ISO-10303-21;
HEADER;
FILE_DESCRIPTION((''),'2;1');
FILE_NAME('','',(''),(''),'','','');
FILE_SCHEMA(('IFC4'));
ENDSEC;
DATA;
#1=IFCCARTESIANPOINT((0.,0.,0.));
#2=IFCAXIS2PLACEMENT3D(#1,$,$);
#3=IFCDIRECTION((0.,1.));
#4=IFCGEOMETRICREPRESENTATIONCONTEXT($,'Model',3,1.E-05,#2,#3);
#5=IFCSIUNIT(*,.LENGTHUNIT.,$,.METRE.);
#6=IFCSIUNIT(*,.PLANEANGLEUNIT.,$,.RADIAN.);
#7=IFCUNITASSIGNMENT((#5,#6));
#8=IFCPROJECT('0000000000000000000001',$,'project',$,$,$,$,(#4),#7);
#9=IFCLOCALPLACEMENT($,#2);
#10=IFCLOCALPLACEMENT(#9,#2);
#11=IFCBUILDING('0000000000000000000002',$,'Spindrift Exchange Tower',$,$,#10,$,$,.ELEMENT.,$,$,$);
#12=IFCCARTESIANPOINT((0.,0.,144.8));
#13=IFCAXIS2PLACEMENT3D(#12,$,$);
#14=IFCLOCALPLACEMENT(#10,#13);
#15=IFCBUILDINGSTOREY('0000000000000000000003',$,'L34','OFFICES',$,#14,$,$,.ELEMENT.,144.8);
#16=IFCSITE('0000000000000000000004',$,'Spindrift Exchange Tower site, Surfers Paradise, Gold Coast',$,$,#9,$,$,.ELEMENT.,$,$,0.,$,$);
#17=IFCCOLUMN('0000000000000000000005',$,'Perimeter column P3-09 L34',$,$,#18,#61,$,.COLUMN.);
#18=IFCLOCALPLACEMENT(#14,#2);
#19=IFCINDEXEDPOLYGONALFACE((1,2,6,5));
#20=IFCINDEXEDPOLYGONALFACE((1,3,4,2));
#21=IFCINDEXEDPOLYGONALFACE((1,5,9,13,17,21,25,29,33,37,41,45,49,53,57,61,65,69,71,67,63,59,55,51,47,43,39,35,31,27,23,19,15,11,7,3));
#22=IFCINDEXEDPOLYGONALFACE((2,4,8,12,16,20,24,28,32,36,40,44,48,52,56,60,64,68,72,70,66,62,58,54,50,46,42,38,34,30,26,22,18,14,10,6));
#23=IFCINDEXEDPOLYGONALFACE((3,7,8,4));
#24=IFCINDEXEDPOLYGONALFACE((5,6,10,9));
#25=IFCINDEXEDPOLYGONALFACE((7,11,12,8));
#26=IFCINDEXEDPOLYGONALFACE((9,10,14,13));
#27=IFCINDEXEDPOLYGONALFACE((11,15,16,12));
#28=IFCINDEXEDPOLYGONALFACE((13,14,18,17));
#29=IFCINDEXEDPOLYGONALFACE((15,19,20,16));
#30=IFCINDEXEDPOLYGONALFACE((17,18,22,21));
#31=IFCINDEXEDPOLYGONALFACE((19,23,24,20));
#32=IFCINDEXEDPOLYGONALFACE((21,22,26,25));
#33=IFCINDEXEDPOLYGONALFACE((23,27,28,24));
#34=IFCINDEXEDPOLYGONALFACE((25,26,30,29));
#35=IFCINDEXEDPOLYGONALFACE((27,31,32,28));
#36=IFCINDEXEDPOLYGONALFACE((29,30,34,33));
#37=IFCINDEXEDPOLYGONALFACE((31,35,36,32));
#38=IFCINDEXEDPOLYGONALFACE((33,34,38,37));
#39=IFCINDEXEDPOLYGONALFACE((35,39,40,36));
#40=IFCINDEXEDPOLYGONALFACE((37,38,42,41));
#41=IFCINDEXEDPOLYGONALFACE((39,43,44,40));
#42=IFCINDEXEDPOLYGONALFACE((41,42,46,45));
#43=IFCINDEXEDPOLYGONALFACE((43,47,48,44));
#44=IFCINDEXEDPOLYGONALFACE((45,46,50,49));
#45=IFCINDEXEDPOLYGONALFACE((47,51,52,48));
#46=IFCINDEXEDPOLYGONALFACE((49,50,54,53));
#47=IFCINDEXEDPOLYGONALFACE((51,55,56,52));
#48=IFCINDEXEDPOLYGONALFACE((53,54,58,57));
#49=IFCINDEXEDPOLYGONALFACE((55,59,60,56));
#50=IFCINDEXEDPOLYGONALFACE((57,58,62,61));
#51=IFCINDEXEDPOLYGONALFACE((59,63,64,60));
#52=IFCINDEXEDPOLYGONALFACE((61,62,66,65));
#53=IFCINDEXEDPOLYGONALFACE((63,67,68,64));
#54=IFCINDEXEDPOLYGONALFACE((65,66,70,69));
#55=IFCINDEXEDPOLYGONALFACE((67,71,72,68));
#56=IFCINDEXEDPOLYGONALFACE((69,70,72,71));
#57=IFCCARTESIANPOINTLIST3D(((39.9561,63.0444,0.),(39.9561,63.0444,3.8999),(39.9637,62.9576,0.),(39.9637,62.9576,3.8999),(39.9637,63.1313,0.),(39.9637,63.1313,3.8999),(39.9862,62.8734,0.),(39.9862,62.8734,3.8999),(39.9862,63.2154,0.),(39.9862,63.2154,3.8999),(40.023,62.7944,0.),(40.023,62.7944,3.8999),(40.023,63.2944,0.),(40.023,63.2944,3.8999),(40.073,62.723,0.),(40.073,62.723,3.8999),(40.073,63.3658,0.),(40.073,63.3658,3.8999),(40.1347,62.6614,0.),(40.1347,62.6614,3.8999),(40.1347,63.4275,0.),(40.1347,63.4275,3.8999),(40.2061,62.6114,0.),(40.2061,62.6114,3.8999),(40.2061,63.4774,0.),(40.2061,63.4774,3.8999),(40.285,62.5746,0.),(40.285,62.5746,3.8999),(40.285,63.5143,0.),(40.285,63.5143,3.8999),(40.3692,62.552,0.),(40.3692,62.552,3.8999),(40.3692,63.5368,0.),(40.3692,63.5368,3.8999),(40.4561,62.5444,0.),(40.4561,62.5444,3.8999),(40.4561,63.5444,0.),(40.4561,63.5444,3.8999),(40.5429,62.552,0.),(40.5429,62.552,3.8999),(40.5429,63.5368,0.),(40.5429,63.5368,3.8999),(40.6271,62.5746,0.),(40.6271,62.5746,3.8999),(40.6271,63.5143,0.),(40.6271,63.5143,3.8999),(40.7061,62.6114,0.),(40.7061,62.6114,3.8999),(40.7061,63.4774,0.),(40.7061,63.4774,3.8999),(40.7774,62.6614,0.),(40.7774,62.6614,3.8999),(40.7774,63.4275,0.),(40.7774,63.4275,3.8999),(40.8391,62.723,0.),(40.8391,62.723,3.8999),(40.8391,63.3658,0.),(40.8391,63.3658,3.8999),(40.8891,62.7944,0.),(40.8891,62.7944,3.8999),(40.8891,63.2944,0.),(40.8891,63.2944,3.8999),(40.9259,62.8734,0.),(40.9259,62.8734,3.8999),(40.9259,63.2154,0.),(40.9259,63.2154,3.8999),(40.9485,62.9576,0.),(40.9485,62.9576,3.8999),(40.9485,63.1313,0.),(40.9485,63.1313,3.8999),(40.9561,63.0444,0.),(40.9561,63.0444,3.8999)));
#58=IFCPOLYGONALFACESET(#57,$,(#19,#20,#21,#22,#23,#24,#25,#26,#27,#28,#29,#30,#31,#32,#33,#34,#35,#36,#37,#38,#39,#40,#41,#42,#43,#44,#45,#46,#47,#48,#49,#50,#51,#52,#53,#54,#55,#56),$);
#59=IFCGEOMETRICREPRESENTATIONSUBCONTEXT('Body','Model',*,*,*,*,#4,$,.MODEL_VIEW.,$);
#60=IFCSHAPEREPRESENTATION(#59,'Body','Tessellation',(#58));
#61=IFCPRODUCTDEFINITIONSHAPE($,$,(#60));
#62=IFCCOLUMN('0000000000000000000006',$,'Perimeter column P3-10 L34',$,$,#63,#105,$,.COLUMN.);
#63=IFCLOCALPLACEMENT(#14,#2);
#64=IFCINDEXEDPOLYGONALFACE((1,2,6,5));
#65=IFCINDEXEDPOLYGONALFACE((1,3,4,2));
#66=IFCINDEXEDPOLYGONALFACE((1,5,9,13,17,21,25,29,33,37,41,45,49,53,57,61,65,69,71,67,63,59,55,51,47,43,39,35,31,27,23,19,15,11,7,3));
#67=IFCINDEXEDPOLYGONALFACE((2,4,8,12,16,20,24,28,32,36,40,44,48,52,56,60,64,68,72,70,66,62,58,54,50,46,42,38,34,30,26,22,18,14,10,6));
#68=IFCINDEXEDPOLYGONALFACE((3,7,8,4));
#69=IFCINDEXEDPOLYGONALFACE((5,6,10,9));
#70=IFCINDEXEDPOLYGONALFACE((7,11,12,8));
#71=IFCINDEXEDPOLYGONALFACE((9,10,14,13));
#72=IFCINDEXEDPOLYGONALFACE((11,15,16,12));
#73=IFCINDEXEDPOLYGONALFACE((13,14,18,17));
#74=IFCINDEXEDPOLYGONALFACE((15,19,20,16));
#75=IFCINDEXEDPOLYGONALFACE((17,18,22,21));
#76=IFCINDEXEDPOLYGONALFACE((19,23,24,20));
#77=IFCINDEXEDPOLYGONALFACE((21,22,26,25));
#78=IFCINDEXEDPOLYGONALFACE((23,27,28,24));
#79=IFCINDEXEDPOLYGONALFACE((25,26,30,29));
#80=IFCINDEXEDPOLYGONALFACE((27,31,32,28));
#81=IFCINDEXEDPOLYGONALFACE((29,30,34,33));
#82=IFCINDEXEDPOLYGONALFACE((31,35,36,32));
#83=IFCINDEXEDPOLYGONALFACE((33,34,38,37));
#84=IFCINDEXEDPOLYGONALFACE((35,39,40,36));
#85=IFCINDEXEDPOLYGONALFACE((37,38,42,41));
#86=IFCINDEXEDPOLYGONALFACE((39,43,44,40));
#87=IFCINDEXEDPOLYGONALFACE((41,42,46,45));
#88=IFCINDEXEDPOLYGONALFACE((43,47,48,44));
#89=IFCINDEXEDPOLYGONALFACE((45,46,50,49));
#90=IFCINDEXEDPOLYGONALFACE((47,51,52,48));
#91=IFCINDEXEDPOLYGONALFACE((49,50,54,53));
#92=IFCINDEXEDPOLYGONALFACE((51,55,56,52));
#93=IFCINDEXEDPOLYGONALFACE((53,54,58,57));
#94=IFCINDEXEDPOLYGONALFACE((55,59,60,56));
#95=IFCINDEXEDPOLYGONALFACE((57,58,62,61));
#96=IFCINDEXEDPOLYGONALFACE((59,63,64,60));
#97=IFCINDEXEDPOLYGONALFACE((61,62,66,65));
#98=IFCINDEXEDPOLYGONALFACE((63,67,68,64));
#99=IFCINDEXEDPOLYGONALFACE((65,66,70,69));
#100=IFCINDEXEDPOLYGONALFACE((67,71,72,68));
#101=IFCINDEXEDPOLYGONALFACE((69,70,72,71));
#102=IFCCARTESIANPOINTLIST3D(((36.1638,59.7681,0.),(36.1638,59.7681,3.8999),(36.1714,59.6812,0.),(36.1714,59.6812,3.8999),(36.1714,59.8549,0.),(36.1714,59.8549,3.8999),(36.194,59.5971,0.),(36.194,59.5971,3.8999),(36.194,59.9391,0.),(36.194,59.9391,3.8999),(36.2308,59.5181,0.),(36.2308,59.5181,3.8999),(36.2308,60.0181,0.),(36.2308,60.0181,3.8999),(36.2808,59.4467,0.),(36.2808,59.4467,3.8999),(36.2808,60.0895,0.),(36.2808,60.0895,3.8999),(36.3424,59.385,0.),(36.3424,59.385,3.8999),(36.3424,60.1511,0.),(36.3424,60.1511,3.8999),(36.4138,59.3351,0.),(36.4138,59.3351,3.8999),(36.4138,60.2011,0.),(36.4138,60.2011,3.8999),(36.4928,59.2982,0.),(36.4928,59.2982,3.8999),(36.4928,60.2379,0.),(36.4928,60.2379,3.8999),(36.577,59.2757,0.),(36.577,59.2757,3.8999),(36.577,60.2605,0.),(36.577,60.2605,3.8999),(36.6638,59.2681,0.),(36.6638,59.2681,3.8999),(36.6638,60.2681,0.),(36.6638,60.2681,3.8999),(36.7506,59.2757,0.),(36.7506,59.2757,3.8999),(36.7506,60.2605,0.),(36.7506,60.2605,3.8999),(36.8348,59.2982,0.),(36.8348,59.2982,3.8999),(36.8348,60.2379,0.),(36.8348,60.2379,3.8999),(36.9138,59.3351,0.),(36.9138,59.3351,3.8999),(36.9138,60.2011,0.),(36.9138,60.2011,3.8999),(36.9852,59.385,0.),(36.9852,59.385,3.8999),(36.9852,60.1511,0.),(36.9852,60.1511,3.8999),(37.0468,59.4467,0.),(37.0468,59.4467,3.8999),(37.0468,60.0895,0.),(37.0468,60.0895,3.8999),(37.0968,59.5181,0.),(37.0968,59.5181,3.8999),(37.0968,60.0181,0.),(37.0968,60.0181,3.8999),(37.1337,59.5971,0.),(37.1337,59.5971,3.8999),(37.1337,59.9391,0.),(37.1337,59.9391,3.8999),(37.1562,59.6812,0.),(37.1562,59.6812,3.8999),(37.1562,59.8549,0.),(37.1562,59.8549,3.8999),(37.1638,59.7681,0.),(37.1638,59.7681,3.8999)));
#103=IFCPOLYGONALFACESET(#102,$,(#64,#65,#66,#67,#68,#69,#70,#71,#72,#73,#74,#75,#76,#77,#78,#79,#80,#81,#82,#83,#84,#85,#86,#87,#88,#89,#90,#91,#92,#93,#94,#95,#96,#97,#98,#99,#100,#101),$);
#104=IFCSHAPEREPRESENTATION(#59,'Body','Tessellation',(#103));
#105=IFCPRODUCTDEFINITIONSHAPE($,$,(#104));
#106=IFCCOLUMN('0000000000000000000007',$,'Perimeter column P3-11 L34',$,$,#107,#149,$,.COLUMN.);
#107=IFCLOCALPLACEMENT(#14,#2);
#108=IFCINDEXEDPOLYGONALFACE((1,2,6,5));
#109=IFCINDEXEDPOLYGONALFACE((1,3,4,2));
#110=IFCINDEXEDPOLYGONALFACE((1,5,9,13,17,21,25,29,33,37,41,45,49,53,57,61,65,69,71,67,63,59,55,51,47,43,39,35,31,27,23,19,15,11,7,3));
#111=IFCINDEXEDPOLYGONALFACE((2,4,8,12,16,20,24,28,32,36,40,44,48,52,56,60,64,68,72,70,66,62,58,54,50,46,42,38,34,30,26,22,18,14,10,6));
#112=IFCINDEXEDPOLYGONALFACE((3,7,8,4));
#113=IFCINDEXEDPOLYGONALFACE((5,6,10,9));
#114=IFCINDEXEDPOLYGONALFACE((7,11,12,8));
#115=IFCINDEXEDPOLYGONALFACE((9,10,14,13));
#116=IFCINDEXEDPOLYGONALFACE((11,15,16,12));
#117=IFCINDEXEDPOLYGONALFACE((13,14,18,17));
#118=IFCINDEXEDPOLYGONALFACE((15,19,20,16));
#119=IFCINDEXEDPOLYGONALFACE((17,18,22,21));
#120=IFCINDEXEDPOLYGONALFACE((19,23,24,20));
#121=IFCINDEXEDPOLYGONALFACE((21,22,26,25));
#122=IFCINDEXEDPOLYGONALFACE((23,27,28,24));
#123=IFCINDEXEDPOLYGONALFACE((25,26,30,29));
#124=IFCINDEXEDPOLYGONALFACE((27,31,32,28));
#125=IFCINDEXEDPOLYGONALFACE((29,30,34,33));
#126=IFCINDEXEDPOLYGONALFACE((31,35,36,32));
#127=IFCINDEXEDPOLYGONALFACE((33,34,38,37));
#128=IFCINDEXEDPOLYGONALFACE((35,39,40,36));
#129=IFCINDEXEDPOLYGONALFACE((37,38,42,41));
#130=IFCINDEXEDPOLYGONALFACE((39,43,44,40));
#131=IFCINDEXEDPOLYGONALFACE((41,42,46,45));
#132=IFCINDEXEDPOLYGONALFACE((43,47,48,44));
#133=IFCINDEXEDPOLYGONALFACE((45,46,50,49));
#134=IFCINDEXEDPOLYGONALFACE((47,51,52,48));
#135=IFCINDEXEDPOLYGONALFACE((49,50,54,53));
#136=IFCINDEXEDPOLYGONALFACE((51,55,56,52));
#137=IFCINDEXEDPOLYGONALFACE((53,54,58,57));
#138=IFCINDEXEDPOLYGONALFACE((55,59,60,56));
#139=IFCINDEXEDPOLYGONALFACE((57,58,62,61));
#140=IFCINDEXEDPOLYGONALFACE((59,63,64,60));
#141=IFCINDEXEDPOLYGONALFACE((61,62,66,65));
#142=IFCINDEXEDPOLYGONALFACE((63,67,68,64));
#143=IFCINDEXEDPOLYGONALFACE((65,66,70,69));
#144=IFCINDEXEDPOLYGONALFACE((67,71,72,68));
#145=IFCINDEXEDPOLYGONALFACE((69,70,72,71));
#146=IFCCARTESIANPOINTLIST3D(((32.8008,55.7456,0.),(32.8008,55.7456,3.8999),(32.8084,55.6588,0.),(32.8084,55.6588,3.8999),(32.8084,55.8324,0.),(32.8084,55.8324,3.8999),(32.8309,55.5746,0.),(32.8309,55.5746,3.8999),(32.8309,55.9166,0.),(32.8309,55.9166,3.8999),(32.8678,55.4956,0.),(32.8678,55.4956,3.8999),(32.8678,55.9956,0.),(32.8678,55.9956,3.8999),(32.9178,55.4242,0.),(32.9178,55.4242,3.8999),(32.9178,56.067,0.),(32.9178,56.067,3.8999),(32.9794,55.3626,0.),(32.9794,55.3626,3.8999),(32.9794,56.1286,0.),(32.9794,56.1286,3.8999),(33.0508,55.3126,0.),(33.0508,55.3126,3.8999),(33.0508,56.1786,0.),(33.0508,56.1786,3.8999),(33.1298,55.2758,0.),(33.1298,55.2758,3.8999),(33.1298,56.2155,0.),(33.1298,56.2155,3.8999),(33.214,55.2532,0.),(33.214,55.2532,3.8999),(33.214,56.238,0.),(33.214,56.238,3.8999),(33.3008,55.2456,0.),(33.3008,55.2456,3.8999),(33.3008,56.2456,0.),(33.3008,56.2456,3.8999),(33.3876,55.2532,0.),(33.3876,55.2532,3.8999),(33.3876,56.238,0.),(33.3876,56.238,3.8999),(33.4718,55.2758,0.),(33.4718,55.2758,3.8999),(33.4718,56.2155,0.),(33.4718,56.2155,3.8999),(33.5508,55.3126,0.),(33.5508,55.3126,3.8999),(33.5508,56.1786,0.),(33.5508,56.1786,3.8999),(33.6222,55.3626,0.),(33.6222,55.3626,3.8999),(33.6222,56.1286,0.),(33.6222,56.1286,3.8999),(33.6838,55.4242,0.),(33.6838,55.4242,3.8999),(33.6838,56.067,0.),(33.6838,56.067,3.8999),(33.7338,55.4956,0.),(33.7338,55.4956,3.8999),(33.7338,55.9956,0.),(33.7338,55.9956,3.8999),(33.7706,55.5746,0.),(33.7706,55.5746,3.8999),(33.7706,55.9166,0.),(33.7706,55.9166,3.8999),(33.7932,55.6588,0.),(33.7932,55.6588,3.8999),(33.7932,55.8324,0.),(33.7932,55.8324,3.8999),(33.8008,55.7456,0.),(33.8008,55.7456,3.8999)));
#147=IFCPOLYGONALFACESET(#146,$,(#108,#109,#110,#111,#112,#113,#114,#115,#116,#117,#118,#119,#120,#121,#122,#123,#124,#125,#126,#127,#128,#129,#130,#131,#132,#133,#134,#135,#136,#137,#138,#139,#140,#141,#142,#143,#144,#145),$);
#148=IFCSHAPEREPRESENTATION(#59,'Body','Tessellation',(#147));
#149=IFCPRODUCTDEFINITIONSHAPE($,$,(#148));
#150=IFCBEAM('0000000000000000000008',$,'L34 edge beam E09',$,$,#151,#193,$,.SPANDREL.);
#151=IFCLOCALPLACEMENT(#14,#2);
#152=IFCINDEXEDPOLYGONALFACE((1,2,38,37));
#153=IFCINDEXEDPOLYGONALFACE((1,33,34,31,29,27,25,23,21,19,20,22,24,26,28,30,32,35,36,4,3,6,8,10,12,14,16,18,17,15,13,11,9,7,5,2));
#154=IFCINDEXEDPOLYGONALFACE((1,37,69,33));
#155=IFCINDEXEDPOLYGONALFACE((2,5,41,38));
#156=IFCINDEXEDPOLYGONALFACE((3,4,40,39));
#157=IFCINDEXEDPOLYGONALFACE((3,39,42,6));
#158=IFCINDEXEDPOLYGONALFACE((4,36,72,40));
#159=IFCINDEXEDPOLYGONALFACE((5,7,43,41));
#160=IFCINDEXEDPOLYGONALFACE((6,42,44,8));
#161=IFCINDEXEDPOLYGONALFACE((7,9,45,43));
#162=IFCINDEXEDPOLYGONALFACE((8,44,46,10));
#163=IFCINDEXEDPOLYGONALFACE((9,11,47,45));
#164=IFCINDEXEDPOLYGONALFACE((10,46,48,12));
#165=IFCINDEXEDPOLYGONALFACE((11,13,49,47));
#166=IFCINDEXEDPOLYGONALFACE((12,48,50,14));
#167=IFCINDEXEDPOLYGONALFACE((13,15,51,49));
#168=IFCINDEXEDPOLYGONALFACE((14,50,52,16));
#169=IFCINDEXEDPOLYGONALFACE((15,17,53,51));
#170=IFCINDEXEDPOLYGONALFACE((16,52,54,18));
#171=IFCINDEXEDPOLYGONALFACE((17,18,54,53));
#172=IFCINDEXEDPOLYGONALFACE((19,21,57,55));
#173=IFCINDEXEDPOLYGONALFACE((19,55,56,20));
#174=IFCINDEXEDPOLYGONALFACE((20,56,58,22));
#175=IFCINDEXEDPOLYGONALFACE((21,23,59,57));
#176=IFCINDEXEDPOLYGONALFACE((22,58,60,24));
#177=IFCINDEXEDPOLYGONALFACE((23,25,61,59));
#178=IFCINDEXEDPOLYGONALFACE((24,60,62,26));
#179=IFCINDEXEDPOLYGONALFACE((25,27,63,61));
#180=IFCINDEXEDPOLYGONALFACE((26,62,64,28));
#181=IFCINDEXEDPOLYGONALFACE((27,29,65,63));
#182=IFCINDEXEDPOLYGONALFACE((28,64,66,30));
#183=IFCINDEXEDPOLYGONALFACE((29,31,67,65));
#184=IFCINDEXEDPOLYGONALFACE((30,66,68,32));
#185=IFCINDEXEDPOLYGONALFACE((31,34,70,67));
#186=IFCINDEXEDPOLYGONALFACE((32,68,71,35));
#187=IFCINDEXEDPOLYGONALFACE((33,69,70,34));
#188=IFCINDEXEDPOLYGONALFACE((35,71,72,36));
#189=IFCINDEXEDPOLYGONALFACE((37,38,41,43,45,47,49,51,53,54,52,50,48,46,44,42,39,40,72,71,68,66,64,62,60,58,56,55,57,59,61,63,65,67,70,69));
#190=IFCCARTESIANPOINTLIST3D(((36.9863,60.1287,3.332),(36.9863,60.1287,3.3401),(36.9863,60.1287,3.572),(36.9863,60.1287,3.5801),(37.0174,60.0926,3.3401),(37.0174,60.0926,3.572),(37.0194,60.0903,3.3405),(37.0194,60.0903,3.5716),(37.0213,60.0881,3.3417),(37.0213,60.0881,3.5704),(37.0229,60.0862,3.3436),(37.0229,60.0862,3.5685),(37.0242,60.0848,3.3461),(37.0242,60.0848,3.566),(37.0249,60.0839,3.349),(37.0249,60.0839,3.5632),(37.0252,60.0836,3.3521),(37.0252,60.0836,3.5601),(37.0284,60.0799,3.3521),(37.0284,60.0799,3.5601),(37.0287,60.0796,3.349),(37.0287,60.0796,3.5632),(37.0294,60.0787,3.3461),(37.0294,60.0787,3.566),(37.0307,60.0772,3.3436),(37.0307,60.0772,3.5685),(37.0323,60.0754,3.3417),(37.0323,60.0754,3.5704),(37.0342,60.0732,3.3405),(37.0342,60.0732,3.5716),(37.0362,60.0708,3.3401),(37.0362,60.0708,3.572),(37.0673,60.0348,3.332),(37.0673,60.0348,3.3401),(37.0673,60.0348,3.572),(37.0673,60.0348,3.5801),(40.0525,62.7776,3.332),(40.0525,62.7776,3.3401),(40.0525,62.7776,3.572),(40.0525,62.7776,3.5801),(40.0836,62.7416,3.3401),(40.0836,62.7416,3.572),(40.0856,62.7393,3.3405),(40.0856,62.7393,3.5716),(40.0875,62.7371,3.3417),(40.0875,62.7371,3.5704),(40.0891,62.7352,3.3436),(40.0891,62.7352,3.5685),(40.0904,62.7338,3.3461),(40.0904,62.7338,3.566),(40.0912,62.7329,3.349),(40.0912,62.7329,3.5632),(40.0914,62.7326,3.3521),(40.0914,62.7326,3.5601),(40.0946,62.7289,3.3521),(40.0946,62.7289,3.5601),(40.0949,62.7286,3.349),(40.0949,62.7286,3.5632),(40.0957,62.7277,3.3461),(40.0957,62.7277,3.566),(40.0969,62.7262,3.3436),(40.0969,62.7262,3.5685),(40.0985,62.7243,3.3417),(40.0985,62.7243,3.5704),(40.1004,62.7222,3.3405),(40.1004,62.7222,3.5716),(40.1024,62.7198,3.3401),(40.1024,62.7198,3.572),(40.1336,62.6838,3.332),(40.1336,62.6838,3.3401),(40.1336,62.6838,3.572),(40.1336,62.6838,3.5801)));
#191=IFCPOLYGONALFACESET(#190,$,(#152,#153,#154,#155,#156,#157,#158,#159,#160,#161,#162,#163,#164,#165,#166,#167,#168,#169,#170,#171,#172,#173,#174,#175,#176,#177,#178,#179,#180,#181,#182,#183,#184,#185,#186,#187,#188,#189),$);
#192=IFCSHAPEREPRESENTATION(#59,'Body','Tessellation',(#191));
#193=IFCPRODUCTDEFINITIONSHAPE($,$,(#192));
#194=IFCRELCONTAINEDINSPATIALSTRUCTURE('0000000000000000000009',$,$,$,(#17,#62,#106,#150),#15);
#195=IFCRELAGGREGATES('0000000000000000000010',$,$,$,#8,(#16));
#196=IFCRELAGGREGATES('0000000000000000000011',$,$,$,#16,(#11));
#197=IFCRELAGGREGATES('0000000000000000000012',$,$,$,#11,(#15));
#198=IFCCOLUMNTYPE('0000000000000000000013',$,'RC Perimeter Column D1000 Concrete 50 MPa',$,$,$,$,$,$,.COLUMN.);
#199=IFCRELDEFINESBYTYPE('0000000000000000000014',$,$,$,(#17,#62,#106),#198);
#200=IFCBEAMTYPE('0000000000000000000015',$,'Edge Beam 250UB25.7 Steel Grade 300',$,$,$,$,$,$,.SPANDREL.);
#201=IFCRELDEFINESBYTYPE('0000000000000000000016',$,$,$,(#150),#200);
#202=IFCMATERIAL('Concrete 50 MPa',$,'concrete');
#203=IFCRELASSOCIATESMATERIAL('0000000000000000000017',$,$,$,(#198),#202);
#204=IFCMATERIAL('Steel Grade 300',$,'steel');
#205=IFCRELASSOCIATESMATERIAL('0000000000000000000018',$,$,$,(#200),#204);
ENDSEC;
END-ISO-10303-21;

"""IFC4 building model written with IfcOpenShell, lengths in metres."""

from ifc_helpers import new_model, si_unit, direction, frame, origin, origin_2d, place, context, subcontext, project, spatial, circle, i_section, extrude, source, transform, mapped, material, material_profile, profile_set, type_object, element, save


model = new_model("IFC4")

# Units and contexts
model_context = context("Model", 3, precision=1e-05, world=origin(), true_north=direction((0.0, 1.0)))
body_context = subcontext(model_context, "Body", "Model", "MODEL_VIEW")
ifc_project = project(units=[si_unit("LENGTHUNIT", "METRE"), si_unit("PLANEANGLEUNIT", "RADIAN")], contexts=[model_context])

# Site, building, storey
site_placement = place(None, origin())
site = spatial("IfcSite", under=ifc_project, at=site_placement, Name="Spindrift Exchange Tower site, Surfers Paradise, Gold Coast", CompositionType="ELEMENT", RefElevation=0.0)
building_placement = place(site_placement, origin())
building = spatial("IfcBuilding", under=site, at=building_placement, Name="Spindrift Exchange Tower", CompositionType="ELEMENT")
storey_placement = place(building_placement, frame((0.0, 0.0, 144.8)))
storey = spatial("IfcBuildingStorey", under=building, at=storey_placement, Name="L34", Description="OFFICES", CompositionType="ELEMENT", Elevation=144.8)

# Columns
ifc_material_1 = material(Name="Concrete 50 MPa", Category="concrete")
ifc_material_profile_1 = material_profile(ifc_material_1, circle(Radius=0.5, at=origin_2d()), Name="RC D1000")
ifc_profile_set_1 = profile_set([ifc_material_profile_1], Name="Concrete 50 MPa")
column_type = type_object("IfcColumnType", Name="RC Perimeter Column D1000 Concrete 50 MPa", PredefinedType="COLUMN", material=ifc_profile_set_1)
shared_shape_1 = source(origin(), body_context, "Body", "SweptSolid", [
    extrude(circle(Radius=0.5, at=origin_2d()), origin(), (0.0, 0.0, 1.0), 3.8999),
])
for number, where, z_axis, x_axis, name in (
    (1, (40.4561, 63.0444, 0.0), (0.0, 0.0, 1.0), (1.0, 0.0, 0.0), "Perimeter column P3-09 L34"),
    (2, (36.6638, 59.7681, 0.0), (0.0, 0.0, 1.0), (1.0, 0.0, 0.0), "Perimeter column P3-10 L34"),
    (3, (33.3008, 55.7456, 0.0), (0.0, 0.0, 1.0), (1.0, 0.0, 0.0), "Perimeter column P3-11 L34"),
):
    element("IfcColumn", number, at=place(storey_placement, frame(where, z_axis=z_axis, x_axis=x_axis)), inside=storey, type_object=column_type, Name=name, PredefinedType="COLUMN", context=body_context, shape_type="MappedRepresentation", body=[
        mapped(shared_shape_1, transform((0.0, 0.0, 0.0), scale=1.0)),
    ])

# Beam
ifc_material_2 = material(Name="Steel Grade 300", Category="steel")
ifc_material_profile_2 = material_profile(ifc_material_2, i_section(OverallWidth=0.124, OverallDepth=0.248, WebThickness=0.0049, FlangeThickness=0.0081, FilletRadius=0.012, at=origin_2d()), Name="250UB25.7")
ifc_profile_set_2 = profile_set([ifc_material_profile_2], Name="Steel Grade 300")
beam_type = type_object("IfcBeamType", Name="Edge Beam 250UB25.7 Steel Grade 300", PredefinedType="SPANDREL", material=ifc_profile_set_2)
shared_shape_2 = source(origin(), body_context, "Body", "SweptSolid", [
    extrude(i_section(OverallWidth=0.124, OverallDepth=0.248, WebThickness=0.0049, FlangeThickness=0.0081, FilletRadius=0.012, at=origin_2d()), origin(), (0.0, 0.0, 1.0), 4.052),
])
beam_1_placement = place(storey_placement, frame((40.093, 62.7307, 3.4561), z_axis=(-0.756716, -0.653744, 0.0), x_axis=(0.653744, -0.756716, 0.0)))
element("IfcBeam", 4, at=beam_1_placement, inside=storey, type_object=beam_type, Name="L34 edge beam E09", PredefinedType="SPANDREL", context=body_context, shape_type="MappedRepresentation", body=[
    mapped(shared_shape_2, transform((0.0, 0.0, 0.0), scale=1.0)),
])

save(model, "model.ifc")
